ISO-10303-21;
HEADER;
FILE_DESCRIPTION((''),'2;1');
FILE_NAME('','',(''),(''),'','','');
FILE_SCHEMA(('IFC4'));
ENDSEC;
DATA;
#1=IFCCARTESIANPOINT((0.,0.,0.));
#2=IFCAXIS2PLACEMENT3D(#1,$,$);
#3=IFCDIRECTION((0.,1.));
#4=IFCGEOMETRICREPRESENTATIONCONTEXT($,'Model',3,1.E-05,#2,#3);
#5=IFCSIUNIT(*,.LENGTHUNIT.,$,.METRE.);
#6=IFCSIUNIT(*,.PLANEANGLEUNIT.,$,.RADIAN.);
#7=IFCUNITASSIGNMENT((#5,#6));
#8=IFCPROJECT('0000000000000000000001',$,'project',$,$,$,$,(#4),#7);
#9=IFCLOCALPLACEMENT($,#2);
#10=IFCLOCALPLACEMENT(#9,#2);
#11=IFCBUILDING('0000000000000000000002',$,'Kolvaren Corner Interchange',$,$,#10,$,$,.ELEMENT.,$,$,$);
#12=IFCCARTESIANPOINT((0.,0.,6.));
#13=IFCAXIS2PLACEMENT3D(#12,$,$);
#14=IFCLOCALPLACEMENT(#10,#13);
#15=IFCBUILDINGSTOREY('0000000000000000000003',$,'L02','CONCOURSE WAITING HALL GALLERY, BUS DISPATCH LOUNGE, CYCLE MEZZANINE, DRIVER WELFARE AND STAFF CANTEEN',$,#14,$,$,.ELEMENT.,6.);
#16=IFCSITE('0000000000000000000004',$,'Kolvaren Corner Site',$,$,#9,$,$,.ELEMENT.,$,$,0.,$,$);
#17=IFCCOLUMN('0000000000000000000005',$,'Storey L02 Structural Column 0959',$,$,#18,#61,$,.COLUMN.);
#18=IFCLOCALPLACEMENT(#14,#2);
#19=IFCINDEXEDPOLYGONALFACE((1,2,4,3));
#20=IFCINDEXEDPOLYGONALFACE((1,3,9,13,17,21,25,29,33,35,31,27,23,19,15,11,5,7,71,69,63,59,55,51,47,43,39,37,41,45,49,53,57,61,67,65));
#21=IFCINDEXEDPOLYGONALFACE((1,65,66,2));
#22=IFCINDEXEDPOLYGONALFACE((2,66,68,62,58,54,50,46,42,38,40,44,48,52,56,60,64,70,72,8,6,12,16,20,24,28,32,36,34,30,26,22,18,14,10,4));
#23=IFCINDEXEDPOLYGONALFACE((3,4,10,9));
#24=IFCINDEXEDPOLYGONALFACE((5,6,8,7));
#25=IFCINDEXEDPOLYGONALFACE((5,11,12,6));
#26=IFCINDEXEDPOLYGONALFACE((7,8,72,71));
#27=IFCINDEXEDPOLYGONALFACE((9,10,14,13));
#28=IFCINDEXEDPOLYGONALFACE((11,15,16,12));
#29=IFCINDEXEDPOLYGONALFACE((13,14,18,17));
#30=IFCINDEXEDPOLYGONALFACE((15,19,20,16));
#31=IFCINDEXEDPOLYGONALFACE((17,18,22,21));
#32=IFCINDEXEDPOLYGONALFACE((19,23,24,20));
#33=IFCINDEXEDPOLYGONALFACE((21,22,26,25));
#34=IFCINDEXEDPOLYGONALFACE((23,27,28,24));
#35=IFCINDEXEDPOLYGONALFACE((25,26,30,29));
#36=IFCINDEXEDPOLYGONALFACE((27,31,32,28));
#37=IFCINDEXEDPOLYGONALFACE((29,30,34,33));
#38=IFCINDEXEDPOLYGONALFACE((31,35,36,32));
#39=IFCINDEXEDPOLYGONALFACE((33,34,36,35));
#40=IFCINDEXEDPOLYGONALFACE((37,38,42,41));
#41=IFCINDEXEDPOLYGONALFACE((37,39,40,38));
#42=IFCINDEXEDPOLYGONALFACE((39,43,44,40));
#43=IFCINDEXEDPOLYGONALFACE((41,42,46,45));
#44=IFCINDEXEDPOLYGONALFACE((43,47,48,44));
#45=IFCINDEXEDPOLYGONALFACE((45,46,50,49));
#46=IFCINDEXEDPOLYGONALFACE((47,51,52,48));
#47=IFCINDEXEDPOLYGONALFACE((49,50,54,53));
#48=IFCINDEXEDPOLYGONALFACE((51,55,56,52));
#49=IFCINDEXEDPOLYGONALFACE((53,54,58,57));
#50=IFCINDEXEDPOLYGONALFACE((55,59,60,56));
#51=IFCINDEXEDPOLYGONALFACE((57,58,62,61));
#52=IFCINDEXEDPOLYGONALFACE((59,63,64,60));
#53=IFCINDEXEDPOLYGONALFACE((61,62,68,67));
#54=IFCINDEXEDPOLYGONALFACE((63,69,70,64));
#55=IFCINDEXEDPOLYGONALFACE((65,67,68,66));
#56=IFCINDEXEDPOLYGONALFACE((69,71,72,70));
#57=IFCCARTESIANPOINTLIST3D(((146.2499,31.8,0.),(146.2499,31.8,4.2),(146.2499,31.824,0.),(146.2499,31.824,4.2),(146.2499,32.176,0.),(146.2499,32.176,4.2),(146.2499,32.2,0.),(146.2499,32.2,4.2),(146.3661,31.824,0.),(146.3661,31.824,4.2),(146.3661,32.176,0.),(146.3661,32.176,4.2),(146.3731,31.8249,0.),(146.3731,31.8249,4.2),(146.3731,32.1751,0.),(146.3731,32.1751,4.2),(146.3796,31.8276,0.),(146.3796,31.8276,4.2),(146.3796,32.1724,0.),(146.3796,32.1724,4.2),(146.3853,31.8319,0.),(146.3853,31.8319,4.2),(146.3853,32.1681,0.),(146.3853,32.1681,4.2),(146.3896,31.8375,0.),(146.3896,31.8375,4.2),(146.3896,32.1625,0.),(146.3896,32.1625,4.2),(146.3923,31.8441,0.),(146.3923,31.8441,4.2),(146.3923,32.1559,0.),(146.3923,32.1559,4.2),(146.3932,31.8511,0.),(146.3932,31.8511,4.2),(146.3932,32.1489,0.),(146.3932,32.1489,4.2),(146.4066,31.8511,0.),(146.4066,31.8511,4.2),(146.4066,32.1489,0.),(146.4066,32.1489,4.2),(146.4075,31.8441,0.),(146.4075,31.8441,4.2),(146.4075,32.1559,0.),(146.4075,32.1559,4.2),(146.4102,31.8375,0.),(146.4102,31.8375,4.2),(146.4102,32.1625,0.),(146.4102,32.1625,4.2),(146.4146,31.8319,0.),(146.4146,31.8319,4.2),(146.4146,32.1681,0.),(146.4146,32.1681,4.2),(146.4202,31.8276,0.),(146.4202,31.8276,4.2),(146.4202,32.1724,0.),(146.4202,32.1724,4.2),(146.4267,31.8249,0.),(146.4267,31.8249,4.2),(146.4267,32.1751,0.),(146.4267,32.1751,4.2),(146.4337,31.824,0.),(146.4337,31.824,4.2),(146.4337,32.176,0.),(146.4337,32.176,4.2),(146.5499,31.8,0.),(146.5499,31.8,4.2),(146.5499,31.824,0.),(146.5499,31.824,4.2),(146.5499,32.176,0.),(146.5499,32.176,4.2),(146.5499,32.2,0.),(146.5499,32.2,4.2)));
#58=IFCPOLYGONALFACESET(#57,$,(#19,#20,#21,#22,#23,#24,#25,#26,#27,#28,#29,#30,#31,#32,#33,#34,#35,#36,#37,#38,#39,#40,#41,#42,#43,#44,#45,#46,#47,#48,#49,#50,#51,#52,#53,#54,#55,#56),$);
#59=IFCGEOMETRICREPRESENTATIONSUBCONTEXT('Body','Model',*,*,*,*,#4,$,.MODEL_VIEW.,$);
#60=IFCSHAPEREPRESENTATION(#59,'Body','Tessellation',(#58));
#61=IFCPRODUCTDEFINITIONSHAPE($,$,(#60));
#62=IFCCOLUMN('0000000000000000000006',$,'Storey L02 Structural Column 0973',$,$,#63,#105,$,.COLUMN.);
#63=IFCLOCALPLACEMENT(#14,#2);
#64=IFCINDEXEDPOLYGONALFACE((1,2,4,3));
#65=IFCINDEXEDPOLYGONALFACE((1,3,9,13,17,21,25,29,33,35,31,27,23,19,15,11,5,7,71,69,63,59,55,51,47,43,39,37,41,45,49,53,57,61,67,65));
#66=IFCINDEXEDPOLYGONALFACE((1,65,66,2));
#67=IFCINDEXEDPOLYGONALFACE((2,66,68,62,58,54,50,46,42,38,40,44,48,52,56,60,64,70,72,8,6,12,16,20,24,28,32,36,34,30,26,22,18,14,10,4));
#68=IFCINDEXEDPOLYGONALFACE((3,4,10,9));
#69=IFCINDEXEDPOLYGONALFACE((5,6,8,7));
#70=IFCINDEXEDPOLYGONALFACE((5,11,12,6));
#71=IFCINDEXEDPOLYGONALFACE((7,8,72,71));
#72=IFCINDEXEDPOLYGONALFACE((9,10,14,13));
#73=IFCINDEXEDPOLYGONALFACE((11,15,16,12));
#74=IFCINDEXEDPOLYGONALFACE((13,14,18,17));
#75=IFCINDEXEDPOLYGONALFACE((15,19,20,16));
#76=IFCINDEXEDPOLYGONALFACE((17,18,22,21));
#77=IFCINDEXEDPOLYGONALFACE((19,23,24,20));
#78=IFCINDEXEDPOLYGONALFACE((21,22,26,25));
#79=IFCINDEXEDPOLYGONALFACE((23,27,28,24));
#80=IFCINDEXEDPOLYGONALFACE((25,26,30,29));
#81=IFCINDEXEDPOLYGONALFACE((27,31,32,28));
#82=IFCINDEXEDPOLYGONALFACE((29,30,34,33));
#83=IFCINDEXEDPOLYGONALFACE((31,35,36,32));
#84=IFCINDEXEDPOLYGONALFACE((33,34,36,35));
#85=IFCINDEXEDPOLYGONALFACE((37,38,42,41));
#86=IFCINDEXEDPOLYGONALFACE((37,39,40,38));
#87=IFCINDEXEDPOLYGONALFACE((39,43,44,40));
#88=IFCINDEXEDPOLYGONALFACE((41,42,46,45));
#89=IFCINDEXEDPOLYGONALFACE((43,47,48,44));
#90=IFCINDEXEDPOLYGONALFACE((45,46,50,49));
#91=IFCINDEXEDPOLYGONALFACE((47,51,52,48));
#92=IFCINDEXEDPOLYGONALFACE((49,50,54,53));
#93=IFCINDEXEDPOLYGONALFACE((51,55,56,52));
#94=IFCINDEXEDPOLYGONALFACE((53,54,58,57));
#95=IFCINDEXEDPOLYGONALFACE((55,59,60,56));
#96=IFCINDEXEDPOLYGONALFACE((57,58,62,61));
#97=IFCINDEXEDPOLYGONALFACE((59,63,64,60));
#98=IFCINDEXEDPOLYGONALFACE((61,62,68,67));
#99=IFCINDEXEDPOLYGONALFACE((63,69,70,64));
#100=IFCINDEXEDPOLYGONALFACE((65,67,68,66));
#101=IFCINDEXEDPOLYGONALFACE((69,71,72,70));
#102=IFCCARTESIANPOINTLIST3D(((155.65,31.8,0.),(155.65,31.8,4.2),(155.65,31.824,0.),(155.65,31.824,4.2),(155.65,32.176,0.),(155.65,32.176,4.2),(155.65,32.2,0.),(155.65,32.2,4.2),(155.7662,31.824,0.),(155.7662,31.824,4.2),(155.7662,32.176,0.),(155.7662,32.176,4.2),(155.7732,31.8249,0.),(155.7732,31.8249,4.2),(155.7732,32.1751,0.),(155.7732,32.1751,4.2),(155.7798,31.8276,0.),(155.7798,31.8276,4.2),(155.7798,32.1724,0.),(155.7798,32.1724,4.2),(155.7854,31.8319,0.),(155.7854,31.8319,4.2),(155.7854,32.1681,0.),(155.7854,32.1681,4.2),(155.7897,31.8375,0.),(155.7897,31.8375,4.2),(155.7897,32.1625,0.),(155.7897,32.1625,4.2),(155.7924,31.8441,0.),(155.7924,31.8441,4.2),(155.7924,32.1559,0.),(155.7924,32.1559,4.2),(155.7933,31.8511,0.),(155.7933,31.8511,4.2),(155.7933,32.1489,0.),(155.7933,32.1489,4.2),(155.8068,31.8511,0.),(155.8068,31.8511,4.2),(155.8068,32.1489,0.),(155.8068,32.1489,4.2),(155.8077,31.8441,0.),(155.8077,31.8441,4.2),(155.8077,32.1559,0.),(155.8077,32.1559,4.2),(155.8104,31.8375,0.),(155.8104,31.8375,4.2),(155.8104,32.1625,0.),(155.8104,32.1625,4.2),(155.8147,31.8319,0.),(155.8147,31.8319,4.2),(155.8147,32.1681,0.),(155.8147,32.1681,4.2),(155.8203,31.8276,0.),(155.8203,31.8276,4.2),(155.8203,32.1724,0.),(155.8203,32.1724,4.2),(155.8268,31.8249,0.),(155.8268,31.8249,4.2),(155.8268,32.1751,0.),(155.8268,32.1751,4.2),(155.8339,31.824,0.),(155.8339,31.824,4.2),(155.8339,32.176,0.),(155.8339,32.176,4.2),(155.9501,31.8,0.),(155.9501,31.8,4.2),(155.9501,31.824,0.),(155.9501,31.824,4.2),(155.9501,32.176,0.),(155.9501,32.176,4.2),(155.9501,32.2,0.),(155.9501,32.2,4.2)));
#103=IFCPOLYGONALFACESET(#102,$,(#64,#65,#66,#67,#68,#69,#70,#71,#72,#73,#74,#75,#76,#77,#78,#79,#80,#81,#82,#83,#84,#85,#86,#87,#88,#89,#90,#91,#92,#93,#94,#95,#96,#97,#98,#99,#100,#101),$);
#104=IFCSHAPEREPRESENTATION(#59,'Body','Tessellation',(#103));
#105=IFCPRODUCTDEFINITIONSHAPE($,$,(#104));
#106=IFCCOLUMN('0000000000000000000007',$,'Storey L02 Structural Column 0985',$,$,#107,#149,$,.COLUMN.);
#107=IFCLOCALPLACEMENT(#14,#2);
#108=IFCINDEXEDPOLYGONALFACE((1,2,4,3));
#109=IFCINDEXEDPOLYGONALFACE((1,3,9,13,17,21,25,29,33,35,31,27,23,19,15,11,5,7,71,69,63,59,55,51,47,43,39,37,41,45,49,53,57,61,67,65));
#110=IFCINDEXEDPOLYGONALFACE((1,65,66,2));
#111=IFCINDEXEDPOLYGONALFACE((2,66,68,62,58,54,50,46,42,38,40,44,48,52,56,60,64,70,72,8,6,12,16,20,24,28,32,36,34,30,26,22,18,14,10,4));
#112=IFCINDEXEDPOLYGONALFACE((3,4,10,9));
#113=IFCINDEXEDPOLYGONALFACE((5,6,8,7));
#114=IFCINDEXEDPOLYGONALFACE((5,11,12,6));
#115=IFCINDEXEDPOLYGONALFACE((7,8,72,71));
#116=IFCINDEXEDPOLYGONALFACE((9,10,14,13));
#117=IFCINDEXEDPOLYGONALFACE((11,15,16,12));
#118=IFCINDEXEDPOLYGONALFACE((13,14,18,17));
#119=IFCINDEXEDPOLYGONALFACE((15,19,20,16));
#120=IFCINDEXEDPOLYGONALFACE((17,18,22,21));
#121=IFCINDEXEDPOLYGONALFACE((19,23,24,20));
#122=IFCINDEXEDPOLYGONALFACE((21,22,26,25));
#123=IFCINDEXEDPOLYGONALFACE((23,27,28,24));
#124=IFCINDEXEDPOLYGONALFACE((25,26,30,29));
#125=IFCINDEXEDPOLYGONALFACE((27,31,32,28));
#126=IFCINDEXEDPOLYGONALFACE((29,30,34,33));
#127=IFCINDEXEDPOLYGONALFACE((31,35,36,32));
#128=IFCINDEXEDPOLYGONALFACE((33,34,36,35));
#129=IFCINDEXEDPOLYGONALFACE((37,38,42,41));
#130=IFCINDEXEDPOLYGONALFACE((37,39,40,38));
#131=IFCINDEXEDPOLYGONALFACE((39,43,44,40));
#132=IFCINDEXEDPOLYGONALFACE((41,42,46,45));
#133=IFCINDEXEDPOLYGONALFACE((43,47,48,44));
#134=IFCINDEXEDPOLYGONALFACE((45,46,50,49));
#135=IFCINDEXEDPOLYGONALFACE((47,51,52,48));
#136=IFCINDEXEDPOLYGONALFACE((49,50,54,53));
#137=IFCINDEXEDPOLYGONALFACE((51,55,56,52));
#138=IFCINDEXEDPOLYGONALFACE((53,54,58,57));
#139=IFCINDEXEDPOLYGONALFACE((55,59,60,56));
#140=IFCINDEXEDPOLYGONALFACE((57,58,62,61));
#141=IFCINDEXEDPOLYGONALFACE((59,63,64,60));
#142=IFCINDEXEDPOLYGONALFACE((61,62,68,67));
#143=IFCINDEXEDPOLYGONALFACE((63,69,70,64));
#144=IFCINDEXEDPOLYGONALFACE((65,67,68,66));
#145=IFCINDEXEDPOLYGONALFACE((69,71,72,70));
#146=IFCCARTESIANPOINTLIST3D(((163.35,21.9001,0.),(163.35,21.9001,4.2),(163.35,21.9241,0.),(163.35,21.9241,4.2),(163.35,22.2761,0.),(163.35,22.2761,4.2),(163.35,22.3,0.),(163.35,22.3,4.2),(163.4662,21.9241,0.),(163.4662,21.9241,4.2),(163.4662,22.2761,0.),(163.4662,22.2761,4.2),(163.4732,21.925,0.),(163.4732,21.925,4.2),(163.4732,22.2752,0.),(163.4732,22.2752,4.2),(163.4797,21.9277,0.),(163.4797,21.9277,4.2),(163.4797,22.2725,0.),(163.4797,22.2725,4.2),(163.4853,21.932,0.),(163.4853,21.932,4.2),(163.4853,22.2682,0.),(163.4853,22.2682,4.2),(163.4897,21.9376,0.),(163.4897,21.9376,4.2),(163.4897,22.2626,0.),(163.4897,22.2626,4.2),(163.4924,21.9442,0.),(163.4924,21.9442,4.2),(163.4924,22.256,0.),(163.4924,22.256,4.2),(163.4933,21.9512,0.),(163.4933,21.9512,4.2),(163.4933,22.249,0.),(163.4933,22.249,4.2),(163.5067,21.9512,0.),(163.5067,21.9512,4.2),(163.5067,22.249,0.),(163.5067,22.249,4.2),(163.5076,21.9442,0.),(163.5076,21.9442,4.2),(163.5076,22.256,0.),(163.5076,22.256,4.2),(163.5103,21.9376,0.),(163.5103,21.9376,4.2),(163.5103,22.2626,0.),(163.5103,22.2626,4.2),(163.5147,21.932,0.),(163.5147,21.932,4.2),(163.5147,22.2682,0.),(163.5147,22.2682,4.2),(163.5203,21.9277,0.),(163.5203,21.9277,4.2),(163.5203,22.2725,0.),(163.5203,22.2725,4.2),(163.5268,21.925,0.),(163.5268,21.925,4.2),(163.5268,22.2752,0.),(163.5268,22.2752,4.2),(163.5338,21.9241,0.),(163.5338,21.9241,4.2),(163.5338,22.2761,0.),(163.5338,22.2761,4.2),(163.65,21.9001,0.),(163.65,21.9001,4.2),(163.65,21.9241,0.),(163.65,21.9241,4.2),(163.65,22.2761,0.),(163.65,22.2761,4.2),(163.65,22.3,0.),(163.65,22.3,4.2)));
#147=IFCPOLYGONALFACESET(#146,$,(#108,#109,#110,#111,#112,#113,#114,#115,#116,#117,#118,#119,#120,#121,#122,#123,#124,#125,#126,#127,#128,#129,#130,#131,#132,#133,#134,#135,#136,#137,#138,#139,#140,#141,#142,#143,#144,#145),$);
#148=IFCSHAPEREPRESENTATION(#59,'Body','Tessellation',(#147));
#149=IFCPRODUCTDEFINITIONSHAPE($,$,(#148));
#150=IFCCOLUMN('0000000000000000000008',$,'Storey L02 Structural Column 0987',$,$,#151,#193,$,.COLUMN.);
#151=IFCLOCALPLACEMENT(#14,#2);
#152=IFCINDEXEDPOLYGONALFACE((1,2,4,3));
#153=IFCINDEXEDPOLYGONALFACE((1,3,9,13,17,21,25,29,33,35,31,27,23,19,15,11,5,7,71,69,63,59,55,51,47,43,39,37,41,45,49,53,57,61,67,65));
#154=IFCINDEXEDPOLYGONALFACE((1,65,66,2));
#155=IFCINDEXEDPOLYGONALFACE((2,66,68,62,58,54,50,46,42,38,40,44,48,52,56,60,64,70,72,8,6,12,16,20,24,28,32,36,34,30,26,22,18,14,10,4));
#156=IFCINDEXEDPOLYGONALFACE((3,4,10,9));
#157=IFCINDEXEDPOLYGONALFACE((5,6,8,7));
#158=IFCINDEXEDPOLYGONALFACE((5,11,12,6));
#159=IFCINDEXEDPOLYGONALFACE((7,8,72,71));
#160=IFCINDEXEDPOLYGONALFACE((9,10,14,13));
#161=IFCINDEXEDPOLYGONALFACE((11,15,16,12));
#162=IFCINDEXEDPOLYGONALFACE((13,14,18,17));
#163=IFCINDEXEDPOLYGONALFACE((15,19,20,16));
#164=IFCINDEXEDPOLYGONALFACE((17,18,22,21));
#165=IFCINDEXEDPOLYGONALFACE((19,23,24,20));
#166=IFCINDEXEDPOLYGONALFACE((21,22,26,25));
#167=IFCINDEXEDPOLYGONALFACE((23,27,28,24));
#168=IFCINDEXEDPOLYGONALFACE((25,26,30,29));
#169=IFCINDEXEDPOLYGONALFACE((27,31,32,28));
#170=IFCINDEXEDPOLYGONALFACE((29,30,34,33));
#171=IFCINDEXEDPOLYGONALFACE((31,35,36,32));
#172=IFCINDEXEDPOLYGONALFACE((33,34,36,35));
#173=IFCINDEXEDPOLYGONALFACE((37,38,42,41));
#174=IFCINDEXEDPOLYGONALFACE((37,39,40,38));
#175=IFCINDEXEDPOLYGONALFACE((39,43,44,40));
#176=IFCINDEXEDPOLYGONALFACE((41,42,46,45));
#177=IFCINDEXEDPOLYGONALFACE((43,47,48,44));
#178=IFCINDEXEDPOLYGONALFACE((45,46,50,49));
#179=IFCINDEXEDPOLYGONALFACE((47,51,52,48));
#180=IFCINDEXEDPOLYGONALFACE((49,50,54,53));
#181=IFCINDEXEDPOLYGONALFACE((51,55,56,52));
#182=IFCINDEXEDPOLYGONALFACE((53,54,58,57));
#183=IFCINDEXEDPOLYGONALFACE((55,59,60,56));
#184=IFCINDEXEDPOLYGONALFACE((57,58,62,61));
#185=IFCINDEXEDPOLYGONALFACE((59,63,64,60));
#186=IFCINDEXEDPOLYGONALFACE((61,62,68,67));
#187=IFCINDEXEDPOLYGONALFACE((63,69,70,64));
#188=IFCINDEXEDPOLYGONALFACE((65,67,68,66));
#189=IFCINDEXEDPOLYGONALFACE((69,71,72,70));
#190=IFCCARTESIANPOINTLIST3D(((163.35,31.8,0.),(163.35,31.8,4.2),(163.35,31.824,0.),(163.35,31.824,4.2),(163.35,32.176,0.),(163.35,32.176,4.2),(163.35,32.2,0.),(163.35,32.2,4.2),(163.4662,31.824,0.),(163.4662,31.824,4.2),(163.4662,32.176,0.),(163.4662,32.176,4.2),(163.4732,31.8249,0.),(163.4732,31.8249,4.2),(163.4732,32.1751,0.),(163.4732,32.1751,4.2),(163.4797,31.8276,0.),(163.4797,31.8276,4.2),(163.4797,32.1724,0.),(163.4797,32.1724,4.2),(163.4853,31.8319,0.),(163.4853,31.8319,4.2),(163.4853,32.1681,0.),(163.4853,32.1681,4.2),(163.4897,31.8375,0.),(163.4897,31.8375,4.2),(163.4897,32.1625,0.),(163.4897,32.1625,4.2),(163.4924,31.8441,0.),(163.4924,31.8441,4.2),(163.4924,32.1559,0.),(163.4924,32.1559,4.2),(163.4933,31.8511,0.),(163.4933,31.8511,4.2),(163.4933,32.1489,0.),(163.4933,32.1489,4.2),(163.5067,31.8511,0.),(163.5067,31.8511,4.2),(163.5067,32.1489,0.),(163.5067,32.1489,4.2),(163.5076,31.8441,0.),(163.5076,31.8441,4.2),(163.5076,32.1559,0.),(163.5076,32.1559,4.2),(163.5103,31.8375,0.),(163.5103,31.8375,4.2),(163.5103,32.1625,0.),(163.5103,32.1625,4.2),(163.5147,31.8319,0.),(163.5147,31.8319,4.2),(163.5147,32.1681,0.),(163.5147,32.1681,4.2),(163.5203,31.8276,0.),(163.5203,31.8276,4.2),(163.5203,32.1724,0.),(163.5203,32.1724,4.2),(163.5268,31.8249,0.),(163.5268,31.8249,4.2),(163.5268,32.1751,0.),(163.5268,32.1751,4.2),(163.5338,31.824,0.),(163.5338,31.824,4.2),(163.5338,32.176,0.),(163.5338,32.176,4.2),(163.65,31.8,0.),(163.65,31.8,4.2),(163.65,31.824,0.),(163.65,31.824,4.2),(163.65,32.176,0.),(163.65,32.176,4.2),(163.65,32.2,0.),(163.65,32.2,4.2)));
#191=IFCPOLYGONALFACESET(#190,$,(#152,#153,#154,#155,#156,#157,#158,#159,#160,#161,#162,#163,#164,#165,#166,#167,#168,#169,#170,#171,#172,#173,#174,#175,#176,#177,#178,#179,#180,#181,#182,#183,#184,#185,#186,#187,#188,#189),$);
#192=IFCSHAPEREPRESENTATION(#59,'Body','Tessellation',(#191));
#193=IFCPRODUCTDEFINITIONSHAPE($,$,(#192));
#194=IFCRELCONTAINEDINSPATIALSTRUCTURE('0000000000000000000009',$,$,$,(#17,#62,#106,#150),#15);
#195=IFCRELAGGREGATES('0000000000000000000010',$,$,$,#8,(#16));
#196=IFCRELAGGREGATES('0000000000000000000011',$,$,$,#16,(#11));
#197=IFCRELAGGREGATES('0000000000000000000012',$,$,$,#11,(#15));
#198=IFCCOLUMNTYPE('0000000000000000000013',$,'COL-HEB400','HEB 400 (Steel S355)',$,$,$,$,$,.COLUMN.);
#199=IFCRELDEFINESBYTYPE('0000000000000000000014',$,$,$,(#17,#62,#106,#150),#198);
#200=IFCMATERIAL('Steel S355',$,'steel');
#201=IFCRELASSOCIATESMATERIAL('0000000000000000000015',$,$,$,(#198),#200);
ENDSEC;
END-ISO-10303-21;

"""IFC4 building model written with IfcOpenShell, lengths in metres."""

from ifc_helpers import new_model, si_unit, direction, frame, origin, origin_2d, place, context, subcontext, project, spatial, i_section, extrude, material, material_profile, profile_set, type_object, element, save


model = new_model("IFC4")

# Units and contexts
model_context = context("Model", 3, precision=1e-05, world=origin(), true_north=direction((0.0, 1.0)))
body_context = subcontext(model_context, "Body", "Model", "MODEL_VIEW")
ifc_project = project(units=[si_unit("LENGTHUNIT", "METRE"), si_unit("PLANEANGLEUNIT", "RADIAN")], contexts=[model_context])

# Site, building, storey
site_placement = place(None, origin())
site = spatial("IfcSite", under=ifc_project, at=site_placement, Name="Kolvaren Corner Site", CompositionType="ELEMENT", RefElevation=0.0)
building_placement = place(site_placement, origin())
building = spatial("IfcBuilding", under=site, at=building_placement, Name="Kolvaren Corner Interchange", CompositionType="ELEMENT")
storey_placement = place(building_placement, frame((0.0, 0.0, 6.0)))
storey = spatial("IfcBuildingStorey", under=building, at=storey_placement, Name="L02", Description="CONCOURSE WAITING HALL GALLERY, BUS DISPATCH LOUNGE, CYCLE MEZZANINE, DRIVER WELFARE AND STAFF CANTEEN", CompositionType="ELEMENT", Elevation=6.0)

# Columns
ifc_material_1 = material(Name="Steel S355", Category="steel")
ifc_material_profile_1 = material_profile(ifc_material_1, i_section(OverallWidth=0.3, OverallDepth=0.3999, WebThickness=0.0134, FlangeThickness=0.0239, FilletRadius=0.0271, at=origin_2d()), Name="HEB 400")
ifc_profile_set_1 = profile_set([ifc_material_profile_1], Name="Steel S355")
column_type = type_object("IfcColumnType", Name="COL-HEB400", Description="HEB 400 (Steel S355)", PredefinedType="COLUMN", material=ifc_profile_set_1)
for number, where, z_axis, x_axis, name in (
    (1, (146.3999, 32.0, 0.0), (0.0, 0.0, 1.0), (1.0, 0.0, 0.0), "Storey L02 Structural Column 0959"),
    (2, (155.8, 32.0, 0.0), (0.0, 0.0, 1.0), (1.0, 0.0, 0.0), "Storey L02 Structural Column 0973"),
    (3, (163.5, 22.1001, 0.0), (0.0, 0.0, 1.0), (1.0, 0.0, 0.0), "Storey L02 Structural Column 0985"),
    (4, (163.5, 32.0, 0.0), (0.0, 0.0, 1.0), (1.0, 0.0, 0.0), "Storey L02 Structural Column 0987"),
):
    element("IfcColumn", number, at=place(storey_placement, frame(where, z_axis=z_axis, x_axis=x_axis)), inside=storey, type_object=column_type, Name=name, PredefinedType="COLUMN", context=body_context, shape_type="SweptSolid", body=[
        extrude(i_section(OverallWidth=0.3, OverallDepth=0.3999, WebThickness=0.0134, FlangeThickness=0.0239, FilletRadius=0.0271, at=origin_2d()), origin(), (0.0, 0.0, 1.0), 4.2),
    ])

save(model, "model.ifc")
